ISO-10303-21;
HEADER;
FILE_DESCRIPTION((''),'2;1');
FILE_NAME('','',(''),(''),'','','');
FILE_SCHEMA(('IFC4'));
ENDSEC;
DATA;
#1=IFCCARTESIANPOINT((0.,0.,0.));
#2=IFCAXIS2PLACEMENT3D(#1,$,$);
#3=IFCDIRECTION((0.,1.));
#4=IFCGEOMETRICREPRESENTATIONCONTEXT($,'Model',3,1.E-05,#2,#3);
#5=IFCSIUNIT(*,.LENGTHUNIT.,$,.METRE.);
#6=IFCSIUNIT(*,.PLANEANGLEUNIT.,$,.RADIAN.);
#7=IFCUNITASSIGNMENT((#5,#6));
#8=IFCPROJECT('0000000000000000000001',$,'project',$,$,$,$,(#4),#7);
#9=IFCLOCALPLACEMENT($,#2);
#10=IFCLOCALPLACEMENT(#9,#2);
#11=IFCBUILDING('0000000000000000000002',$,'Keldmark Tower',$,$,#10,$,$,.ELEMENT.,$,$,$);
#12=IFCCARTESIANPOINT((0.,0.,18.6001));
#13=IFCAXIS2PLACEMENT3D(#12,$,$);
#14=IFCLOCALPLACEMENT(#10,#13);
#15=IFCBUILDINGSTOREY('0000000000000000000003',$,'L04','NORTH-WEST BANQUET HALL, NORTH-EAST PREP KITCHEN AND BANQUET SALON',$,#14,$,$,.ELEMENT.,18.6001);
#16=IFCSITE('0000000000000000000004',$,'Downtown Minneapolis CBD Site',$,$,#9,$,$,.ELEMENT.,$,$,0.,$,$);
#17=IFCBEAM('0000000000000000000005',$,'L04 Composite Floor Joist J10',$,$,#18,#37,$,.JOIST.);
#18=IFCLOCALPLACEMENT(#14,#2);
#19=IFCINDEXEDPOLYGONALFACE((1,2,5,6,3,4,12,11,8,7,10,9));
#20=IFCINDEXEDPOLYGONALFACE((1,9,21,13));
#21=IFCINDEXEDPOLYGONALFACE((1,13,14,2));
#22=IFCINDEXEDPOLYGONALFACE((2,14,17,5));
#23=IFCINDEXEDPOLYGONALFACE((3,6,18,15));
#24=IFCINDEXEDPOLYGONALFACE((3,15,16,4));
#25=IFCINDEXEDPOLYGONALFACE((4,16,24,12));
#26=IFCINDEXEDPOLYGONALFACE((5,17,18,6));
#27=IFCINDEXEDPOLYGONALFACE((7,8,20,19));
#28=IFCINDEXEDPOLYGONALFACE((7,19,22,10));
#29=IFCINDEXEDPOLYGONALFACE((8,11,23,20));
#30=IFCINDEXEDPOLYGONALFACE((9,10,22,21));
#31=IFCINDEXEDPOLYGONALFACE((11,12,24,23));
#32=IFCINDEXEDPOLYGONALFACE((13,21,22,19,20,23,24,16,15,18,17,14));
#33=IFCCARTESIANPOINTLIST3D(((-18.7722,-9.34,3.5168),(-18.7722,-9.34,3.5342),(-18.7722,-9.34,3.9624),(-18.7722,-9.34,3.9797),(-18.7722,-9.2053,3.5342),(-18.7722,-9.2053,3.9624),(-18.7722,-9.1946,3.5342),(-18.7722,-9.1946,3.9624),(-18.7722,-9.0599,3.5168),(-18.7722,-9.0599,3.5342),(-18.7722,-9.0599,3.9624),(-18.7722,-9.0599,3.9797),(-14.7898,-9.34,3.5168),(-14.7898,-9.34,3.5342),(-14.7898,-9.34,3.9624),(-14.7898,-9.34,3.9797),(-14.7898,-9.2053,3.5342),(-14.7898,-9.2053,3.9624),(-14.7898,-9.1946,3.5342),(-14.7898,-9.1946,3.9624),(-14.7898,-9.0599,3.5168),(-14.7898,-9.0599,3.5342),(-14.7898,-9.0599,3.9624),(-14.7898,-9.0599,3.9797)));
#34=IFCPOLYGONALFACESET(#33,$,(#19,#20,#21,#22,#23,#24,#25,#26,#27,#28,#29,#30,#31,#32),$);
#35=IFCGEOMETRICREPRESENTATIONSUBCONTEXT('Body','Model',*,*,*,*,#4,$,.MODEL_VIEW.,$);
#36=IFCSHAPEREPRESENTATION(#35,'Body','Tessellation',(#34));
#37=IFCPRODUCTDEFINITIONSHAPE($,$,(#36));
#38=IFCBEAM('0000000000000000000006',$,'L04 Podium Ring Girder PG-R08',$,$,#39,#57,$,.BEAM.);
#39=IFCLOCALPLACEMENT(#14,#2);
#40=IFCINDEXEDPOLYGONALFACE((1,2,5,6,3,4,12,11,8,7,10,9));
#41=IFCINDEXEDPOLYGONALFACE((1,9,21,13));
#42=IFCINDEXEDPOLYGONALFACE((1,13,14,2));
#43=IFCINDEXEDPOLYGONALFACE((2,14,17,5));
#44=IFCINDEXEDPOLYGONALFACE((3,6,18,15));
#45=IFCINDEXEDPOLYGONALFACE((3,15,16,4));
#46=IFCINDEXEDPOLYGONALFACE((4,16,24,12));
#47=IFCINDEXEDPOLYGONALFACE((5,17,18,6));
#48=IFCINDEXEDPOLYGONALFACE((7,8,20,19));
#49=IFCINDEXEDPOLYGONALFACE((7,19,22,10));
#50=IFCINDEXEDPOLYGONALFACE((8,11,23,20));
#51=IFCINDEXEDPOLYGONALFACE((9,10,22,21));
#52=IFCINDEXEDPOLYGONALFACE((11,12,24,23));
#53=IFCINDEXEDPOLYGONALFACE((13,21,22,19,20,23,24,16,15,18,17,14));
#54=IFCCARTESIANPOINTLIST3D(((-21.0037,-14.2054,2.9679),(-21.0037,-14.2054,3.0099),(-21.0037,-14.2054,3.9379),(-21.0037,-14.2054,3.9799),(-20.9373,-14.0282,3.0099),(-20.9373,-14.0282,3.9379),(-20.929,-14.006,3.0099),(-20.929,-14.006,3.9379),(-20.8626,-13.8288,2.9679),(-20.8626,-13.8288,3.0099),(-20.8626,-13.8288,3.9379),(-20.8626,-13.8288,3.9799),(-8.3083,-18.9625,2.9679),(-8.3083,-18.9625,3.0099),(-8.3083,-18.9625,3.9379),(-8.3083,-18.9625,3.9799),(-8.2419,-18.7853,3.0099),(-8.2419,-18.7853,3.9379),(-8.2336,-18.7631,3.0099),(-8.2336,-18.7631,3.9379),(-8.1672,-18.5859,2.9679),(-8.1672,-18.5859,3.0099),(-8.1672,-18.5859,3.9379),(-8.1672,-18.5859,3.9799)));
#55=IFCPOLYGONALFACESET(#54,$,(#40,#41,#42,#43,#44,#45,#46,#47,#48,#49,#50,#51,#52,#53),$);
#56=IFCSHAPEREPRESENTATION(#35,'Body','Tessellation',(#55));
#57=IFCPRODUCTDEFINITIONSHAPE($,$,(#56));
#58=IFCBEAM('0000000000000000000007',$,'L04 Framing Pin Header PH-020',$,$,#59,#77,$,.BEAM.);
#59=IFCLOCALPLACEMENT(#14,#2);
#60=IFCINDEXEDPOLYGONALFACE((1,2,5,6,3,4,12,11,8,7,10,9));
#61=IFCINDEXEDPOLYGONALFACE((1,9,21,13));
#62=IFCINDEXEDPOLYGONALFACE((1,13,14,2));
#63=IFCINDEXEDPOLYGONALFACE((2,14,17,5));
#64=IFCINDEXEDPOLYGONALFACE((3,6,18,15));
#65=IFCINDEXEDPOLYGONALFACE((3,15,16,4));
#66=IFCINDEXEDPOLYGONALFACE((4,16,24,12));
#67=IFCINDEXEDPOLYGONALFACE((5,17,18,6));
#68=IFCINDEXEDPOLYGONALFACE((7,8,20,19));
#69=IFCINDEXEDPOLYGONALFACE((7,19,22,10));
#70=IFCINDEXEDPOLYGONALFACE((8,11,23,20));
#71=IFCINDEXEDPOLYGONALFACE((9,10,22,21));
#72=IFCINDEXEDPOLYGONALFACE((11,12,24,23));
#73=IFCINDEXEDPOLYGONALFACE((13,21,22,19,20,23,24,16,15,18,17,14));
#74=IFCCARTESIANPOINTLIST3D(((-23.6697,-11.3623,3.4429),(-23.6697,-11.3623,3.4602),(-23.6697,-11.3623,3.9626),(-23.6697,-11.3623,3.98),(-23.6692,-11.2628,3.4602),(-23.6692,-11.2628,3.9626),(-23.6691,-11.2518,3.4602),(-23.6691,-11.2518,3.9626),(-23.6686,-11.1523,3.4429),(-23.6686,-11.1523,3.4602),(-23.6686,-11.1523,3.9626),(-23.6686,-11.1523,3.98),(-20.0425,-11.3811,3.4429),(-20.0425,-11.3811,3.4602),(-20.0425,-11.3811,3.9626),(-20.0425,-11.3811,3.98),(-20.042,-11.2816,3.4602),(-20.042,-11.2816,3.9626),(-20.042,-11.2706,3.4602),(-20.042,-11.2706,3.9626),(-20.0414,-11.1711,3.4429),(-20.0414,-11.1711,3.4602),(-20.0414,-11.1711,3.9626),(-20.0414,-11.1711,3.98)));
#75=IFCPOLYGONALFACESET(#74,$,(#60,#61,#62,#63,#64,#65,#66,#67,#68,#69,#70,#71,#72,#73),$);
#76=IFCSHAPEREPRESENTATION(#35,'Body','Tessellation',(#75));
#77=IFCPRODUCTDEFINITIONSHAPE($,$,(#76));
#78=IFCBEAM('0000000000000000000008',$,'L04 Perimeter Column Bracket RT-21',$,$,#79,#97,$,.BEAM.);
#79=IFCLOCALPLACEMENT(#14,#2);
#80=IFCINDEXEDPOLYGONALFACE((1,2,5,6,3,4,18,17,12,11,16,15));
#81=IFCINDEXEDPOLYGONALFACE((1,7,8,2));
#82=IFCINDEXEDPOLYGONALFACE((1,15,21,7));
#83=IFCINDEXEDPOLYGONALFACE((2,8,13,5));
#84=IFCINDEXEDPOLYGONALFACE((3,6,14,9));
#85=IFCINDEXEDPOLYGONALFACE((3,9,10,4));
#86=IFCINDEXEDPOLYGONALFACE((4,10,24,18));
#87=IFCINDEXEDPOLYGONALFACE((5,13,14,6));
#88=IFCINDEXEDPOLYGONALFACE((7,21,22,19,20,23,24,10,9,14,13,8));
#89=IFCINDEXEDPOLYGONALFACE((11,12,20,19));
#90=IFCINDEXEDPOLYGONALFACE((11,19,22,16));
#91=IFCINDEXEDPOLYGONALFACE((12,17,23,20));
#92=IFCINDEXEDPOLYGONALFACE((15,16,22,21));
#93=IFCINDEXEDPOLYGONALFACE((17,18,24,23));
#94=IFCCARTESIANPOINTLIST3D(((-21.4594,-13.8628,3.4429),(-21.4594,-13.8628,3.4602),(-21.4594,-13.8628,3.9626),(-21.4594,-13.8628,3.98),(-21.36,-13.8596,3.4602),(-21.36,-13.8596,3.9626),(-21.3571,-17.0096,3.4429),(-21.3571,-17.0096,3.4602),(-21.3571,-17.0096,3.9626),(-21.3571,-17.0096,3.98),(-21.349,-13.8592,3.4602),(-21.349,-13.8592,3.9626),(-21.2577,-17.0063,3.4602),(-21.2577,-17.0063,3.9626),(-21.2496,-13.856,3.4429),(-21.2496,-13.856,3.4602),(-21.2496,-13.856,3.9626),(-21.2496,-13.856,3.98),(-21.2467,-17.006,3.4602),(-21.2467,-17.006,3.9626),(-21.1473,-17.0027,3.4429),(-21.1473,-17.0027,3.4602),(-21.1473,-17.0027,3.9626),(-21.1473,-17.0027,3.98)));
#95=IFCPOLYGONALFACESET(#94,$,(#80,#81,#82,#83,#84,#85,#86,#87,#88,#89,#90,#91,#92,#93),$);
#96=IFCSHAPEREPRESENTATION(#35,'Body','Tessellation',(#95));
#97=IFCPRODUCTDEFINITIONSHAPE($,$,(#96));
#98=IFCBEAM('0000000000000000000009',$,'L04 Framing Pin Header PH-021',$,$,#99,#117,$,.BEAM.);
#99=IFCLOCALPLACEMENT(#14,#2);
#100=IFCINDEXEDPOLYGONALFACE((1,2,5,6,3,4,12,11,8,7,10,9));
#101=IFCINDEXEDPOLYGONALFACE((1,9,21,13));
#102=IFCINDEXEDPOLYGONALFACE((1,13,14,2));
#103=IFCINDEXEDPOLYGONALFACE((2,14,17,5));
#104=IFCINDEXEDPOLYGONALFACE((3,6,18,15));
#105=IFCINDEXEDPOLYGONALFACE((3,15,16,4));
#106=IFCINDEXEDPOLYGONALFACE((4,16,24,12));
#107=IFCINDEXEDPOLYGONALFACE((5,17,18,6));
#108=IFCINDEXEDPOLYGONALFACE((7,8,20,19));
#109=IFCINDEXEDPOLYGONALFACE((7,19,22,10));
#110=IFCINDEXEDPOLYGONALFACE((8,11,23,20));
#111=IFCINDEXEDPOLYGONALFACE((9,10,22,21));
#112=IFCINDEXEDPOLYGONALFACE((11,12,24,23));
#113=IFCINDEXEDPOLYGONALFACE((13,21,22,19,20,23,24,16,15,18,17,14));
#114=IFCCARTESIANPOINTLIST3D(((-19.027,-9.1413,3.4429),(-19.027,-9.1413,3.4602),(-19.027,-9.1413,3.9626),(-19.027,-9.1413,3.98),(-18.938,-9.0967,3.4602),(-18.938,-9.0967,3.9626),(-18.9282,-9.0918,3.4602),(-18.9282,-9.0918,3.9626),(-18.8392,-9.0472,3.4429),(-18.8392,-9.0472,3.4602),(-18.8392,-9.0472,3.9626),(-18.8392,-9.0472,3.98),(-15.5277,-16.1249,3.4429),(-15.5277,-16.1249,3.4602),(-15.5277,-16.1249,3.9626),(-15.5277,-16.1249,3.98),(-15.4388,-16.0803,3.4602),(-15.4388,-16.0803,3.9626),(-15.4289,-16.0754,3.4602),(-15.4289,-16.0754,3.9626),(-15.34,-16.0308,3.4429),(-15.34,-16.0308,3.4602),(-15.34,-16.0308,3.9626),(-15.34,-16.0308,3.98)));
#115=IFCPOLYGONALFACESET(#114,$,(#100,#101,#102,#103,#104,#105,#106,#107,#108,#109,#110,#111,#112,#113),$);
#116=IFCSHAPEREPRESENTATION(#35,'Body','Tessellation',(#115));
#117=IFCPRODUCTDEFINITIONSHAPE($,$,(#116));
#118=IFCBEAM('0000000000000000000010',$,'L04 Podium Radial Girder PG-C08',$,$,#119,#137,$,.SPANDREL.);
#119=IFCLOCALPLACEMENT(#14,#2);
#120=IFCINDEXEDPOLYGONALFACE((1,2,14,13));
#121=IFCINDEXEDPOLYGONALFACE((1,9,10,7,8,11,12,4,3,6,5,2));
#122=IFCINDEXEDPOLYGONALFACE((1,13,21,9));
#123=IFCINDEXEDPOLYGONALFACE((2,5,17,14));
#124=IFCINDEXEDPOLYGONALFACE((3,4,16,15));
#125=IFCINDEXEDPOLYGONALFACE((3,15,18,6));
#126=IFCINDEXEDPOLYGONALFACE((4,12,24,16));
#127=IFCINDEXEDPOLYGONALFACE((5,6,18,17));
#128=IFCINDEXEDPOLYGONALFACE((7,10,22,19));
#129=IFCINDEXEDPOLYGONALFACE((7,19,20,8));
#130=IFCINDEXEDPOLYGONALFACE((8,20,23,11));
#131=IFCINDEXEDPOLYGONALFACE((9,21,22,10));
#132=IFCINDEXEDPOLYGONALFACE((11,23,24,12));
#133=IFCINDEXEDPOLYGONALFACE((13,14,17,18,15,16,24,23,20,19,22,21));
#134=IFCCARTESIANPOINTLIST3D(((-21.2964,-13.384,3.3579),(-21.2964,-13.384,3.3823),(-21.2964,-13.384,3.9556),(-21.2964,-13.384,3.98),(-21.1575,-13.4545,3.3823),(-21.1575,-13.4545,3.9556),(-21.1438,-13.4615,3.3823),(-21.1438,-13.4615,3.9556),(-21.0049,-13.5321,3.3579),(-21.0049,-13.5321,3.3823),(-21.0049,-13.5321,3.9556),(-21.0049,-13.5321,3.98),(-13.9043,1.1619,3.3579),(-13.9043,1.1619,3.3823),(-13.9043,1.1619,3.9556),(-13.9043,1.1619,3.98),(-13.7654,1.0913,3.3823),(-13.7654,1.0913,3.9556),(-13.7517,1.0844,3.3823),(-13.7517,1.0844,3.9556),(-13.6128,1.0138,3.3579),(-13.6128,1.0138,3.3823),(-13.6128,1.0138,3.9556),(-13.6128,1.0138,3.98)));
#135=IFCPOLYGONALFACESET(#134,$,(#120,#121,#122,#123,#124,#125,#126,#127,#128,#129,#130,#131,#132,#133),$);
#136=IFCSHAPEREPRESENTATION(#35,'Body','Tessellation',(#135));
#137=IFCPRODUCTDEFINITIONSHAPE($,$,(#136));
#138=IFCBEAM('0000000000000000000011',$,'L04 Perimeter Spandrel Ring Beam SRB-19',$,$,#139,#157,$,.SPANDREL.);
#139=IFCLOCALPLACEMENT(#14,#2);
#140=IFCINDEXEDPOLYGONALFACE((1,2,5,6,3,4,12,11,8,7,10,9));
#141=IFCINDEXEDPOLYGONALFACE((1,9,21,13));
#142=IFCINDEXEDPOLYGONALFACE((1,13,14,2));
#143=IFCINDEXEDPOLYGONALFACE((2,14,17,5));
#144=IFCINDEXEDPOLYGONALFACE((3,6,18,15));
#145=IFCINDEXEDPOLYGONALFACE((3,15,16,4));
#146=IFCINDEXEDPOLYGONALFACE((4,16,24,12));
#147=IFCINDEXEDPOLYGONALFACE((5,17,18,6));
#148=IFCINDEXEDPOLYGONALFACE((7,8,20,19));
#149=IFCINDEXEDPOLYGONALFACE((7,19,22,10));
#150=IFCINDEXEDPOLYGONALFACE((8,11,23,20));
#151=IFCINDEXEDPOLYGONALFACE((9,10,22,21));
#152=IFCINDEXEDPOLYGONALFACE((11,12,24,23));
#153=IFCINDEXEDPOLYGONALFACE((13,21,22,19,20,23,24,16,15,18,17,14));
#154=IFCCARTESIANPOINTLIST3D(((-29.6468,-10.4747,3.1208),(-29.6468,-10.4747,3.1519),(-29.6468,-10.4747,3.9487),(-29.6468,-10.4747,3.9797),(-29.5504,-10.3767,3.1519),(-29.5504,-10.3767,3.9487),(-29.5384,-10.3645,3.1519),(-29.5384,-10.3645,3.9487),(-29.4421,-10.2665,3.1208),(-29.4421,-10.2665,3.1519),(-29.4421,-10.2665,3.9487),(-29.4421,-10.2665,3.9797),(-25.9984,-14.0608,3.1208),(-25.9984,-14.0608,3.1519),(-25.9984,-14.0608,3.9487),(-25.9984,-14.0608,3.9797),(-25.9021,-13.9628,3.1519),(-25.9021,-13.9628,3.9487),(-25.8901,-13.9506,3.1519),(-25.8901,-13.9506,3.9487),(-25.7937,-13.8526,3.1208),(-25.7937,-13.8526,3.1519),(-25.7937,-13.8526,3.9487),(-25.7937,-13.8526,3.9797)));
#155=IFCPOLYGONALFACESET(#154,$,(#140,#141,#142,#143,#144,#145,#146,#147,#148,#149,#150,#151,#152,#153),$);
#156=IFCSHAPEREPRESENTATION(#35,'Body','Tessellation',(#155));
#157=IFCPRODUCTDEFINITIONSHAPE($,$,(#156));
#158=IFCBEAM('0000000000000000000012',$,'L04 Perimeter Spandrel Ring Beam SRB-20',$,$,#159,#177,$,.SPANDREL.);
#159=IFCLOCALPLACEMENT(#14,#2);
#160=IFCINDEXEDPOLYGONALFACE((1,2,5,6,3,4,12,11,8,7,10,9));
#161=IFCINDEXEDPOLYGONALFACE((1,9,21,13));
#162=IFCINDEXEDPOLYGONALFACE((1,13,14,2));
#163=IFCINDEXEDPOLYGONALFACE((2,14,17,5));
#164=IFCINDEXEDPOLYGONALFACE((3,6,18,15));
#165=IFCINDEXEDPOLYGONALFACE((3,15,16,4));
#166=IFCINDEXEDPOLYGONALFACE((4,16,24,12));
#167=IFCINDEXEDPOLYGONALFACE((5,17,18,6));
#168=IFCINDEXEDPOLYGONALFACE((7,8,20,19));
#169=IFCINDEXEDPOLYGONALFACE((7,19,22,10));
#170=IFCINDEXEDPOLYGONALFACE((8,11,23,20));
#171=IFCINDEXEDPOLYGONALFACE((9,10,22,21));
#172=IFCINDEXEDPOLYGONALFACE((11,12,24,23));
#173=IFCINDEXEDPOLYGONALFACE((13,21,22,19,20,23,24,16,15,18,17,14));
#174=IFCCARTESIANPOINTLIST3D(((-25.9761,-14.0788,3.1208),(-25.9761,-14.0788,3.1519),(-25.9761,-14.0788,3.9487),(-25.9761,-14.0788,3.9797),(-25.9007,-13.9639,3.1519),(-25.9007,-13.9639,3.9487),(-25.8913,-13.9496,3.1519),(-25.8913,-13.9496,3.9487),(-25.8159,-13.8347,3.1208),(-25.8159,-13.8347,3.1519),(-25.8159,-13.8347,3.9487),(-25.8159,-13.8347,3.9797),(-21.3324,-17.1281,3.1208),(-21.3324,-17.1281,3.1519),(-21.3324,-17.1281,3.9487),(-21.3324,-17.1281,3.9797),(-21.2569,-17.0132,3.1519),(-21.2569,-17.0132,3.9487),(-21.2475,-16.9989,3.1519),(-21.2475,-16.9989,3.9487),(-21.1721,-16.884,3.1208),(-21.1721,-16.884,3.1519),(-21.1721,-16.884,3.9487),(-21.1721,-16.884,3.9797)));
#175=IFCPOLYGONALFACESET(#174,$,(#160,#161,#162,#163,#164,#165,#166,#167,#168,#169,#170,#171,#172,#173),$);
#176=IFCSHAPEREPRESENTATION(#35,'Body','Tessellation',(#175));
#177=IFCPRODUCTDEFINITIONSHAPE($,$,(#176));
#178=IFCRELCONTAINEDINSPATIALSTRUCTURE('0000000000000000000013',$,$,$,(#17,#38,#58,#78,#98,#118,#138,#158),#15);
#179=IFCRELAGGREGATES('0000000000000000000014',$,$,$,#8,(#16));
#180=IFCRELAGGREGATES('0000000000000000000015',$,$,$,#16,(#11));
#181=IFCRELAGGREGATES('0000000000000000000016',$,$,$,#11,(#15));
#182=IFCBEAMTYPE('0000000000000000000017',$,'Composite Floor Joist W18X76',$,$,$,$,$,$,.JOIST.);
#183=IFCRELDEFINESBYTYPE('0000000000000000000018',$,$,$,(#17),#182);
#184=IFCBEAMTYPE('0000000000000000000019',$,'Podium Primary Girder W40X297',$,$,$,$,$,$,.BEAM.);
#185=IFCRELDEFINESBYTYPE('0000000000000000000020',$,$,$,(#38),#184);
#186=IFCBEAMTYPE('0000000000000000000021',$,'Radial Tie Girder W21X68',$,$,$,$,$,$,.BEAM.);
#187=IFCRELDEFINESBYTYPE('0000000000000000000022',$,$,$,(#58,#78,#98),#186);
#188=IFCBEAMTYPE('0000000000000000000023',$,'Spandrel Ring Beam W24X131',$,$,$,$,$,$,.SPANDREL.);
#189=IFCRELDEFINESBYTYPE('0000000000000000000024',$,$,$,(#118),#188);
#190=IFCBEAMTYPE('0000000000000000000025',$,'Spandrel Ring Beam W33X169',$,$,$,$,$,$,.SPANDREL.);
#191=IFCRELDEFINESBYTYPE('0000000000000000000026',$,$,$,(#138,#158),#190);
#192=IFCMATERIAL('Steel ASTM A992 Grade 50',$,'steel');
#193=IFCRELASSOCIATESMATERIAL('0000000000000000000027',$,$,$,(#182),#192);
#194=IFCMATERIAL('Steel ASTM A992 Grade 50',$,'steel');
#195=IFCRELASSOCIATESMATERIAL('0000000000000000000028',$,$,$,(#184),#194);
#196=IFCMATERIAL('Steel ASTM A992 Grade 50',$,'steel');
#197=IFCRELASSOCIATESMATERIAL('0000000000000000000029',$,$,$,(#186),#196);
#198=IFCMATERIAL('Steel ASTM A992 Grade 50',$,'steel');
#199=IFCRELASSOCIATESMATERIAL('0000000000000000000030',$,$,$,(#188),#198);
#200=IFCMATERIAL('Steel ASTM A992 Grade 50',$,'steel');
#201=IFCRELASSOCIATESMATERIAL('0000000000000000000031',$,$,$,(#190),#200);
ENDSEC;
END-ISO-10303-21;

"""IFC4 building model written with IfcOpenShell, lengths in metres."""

from ifc_helpers import new_model, si_unit, direction, frame, origin, origin_2d, place, context, subcontext, project, spatial, i_section, extrude, material, material_profile, profile_set, type_object, element, save


model = new_model("IFC4")

# Units and contexts
model_context = context("Model", 3, precision=1e-05, world=origin(), true_north=direction((0.0, 1.0)))
body_context = subcontext(model_context, "Body", "Model", "MODEL_VIEW")
ifc_project = project(units=[si_unit("LENGTHUNIT", "METRE"), si_unit("PLANEANGLEUNIT", "RADIAN")], contexts=[model_context])

# Site, building, storey
site_placement = place(None, origin())
site = spatial("IfcSite", under=ifc_project, at=site_placement, Name="Downtown Minneapolis CBD Site", CompositionType="ELEMENT", RefElevation=0.0)
building_placement = place(site_placement, origin())
building = spatial("IfcBuilding", under=site, at=building_placement, Name="Keldmark Tower", CompositionType="ELEMENT")
storey_placement = place(building_placement, frame((0.0, 0.0, 18.6001)))
storey = spatial("IfcBuildingStorey", under=building, at=storey_placement, Name="L04", Description="NORTH-WEST BANQUET HALL, NORTH-EAST PREP KITCHEN AND BANQUET SALON", CompositionType="ELEMENT", Elevation=18.6001)

# Beams
ifc_material_1 = material(Name="Steel ASTM A992 Grade 50", Category="steel")
ifc_material_profile_1 = material_profile(ifc_material_1, i_section(OverallWidth=0.28, OverallDepth=0.4629, WebThickness=0.0107, FlangeThickness=0.0173, at=origin_2d()), Name="W18X76")
ifc_profile_set_1 = profile_set([ifc_material_profile_1], Name="Steel ASTM A992 Grade 50")
beam_type_1 = type_object("IfcBeamType", Name="Composite Floor Joist W18X76", PredefinedType="JOIST", material=ifc_profile_set_1)
beam_1_placement = place(storey_placement, frame((-18.7722, -9.2, 3.7483), z_axis=(1.0, 0.0, 0.0), x_axis=(0.0, 1.0, 0.0)))
element("IfcBeam", 1, at=beam_1_placement, inside=storey, type_object=beam_type_1, Name="L04 Composite Floor Joist J10", PredefinedType="JOIST", context=body_context, shape_type="SweptSolid", body=[
    extrude(i_section(OverallWidth=0.28, OverallDepth=0.4629, WebThickness=0.0107, FlangeThickness=0.0173, at=origin_2d()), origin(), (0.0, 0.0, 1.0), 3.9824),
])
ifc_material_2 = material(Name="Steel ASTM A992 Grade 50", Category="steel")
ifc_material_profile_2 = material_profile(ifc_material_2, i_section(OverallWidth=0.4021, OverallDepth=1.012, WebThickness=0.0237, FlangeThickness=0.042, at=origin_2d()), Name="W40X297")
ifc_profile_set_2 = profile_set([ifc_material_profile_2], Name="Steel ASTM A992 Grade 50")
beam_type_2 = type_object("IfcBeamType", Name="Podium Primary Girder W40X297", PredefinedType="BEAM", material=ifc_profile_set_2)
beam_2_placement = place(storey_placement, frame((-20.9331, -14.0171, 3.4739), z_axis=(0.936418, -0.350887, 0.0), x_axis=(0.350887, 0.936418, 0.0)))
element("IfcBeam", 2, at=beam_2_placement, inside=storey, type_object=beam_type_2, Name="L04 Podium Ring Girder PG-R08", PredefinedType="BEAM", context=body_context, shape_type="SweptSolid", body=[
    extrude(i_section(OverallWidth=0.4021, OverallDepth=1.012, WebThickness=0.0237, FlangeThickness=0.042, at=origin_2d()), origin(), (0.0, 0.0, 1.0), 13.5574),
])
ifc_material_3 = material(Name="Steel ASTM A992 Grade 50", Category="steel")
ifc_material_profile_3 = material_profile(ifc_material_3, i_section(OverallWidth=0.21, OverallDepth=0.5371, WebThickness=0.011, FlangeThickness=0.0173, at=origin_2d()), Name="W21X68")
ifc_profile_set_3 = profile_set([ifc_material_profile_3], Name="Steel ASTM A992 Grade 50")
beam_type_3 = type_object("IfcBeamType", Name="Radial Tie Girder W21X68", PredefinedType="BEAM", material=ifc_profile_set_3)
beam_3_placement = place(storey_placement, frame((-20.042, -11.2761, 3.7114), z_axis=(-0.999987, 0.005183, 0.0), x_axis=(-0.005183, -0.999987, 0.0)))
element("IfcBeam", 3, at=beam_3_placement, inside=storey, type_object=beam_type_3, Name="L04 Framing Pin Header PH-020", PredefinedType="BEAM", context=body_context, shape_type="SweptSolid", body=[
    extrude(i_section(OverallWidth=0.21, OverallDepth=0.5371, WebThickness=0.011, FlangeThickness=0.0173, at=origin_2d()), origin(), (0.0, 0.0, 1.0), 3.6272),
])
beam_4_placement = place(storey_placement, frame((-21.3545, -13.8594, 3.7114), z_axis=(0.032491, -0.999472, 0.0), x_axis=(0.999472, 0.032491, 0.0)))
element("IfcBeam", 4, at=beam_4_placement, inside=storey, type_object=beam_type_3, Name="L04 Perimeter Column Bracket RT-21", PredefinedType="BEAM", context=body_context, shape_type="SweptSolid", body=[
    extrude(i_section(OverallWidth=0.21, OverallDepth=0.5371, WebThickness=0.011, FlangeThickness=0.0173, at=origin_2d()), origin(), (0.0, 0.0, 1.0), 3.1484),
])
beam_5_placement = place(storey_placement, frame((-18.9331, -9.0942, 3.7114), z_axis=(0.447976, -0.894046, 0.0), x_axis=(0.894046, 0.447976, 0.0)))
element("IfcBeam", 5, at=beam_5_placement, inside=storey, type_object=beam_type_3, Name="L04 Framing Pin Header PH-021", PredefinedType="BEAM", context=body_context, shape_type="SweptSolid", body=[
    extrude(i_section(OverallWidth=0.21, OverallDepth=0.5371, WebThickness=0.011, FlangeThickness=0.0173, at=origin_2d()), origin(), (0.0, 0.0, 1.0), 7.8113),
])
ifc_material_4 = material(Name="Steel ASTM A992 Grade 50", Category="steel")
ifc_material_profile_4 = material_profile(ifc_material_4, i_section(OverallWidth=0.3269, OverallDepth=0.6221, WebThickness=0.0154, FlangeThickness=0.0244, at=origin_2d()), Name="W24X131")
ifc_profile_set_4 = profile_set([ifc_material_profile_4], Name="Steel ASTM A992 Grade 50")
beam_type_4 = type_object("IfcBeamType", Name="Spandrel Ring Beam W24X131", PredefinedType="SPANDREL", material=ifc_profile_set_4)
beam_6_placement = place(storey_placement, frame((-21.1506, -13.458, 3.6689), z_axis=(0.453046, 0.891487, 0.0), x_axis=(-0.891487, 0.453046, 0.0)))
element("IfcBeam", 6, at=beam_6_placement, inside=storey, type_object=beam_type_4, Name="L04 Podium Radial Girder PG-C08", PredefinedType="SPANDREL", context=body_context, shape_type="SweptSolid", body=[
    extrude(i_section(OverallWidth=0.3269, OverallDepth=0.6221, WebThickness=0.0154, FlangeThickness=0.0244, at=origin_2d()), origin(), (0.0, 0.0, 1.0), 16.3164),
])
ifc_material_5 = material(Name="Steel ASTM A992 Grade 50", Category="steel")
ifc_material_profile_5 = material_profile(ifc_material_5, i_section(OverallWidth=0.292, OverallDepth=0.8589, WebThickness=0.0171, FlangeThickness=0.031, at=origin_2d()), Name="W33X169")
ifc_profile_set_5 = profile_set([ifc_material_profile_5], Name="Steel ASTM A992 Grade 50")
beam_type_5 = type_object("IfcBeamType", Name="Spandrel Ring Beam W33X169", PredefinedType="SPANDREL", material=ifc_profile_set_5)
beam_7_placement = place(storey_placement, frame((-29.5444, -10.3706, 3.5503), z_axis=(0.713165, -0.700996, 0.0), x_axis=(0.700996, 0.713165, 0.0)))
element("IfcBeam", 7, at=beam_7_placement, inside=storey, type_object=beam_type_5, Name="L04 Perimeter Spandrel Ring Beam SRB-19", PredefinedType="SPANDREL", context=body_context, shape_type="SweptSolid", body=[
    extrude(i_section(OverallWidth=0.292, OverallDepth=0.8589, WebThickness=0.0171, FlangeThickness=0.031, at=origin_2d()), origin(), (0.0, 0.0, 1.0), 5.1157),
])
beam_8_placement = place(storey_placement, frame((-25.896, -13.9568, 3.5503), z_axis=(0.835897, -0.548886, 0.0), x_axis=(0.548886, 0.835897, 0.0)))
element("IfcBeam", 8, at=beam_8_placement, inside=storey, type_object=beam_type_5, Name="L04 Perimeter Spandrel Ring Beam SRB-20", PredefinedType="SPANDREL", context=body_context, shape_type="SweptSolid", body=[
    extrude(i_section(OverallWidth=0.292, OverallDepth=0.8589, WebThickness=0.0171, FlangeThickness=0.031, at=origin_2d()), origin(), (0.0, 0.0, 1.0), 5.5554),
])

save(model, "model.ifc")
